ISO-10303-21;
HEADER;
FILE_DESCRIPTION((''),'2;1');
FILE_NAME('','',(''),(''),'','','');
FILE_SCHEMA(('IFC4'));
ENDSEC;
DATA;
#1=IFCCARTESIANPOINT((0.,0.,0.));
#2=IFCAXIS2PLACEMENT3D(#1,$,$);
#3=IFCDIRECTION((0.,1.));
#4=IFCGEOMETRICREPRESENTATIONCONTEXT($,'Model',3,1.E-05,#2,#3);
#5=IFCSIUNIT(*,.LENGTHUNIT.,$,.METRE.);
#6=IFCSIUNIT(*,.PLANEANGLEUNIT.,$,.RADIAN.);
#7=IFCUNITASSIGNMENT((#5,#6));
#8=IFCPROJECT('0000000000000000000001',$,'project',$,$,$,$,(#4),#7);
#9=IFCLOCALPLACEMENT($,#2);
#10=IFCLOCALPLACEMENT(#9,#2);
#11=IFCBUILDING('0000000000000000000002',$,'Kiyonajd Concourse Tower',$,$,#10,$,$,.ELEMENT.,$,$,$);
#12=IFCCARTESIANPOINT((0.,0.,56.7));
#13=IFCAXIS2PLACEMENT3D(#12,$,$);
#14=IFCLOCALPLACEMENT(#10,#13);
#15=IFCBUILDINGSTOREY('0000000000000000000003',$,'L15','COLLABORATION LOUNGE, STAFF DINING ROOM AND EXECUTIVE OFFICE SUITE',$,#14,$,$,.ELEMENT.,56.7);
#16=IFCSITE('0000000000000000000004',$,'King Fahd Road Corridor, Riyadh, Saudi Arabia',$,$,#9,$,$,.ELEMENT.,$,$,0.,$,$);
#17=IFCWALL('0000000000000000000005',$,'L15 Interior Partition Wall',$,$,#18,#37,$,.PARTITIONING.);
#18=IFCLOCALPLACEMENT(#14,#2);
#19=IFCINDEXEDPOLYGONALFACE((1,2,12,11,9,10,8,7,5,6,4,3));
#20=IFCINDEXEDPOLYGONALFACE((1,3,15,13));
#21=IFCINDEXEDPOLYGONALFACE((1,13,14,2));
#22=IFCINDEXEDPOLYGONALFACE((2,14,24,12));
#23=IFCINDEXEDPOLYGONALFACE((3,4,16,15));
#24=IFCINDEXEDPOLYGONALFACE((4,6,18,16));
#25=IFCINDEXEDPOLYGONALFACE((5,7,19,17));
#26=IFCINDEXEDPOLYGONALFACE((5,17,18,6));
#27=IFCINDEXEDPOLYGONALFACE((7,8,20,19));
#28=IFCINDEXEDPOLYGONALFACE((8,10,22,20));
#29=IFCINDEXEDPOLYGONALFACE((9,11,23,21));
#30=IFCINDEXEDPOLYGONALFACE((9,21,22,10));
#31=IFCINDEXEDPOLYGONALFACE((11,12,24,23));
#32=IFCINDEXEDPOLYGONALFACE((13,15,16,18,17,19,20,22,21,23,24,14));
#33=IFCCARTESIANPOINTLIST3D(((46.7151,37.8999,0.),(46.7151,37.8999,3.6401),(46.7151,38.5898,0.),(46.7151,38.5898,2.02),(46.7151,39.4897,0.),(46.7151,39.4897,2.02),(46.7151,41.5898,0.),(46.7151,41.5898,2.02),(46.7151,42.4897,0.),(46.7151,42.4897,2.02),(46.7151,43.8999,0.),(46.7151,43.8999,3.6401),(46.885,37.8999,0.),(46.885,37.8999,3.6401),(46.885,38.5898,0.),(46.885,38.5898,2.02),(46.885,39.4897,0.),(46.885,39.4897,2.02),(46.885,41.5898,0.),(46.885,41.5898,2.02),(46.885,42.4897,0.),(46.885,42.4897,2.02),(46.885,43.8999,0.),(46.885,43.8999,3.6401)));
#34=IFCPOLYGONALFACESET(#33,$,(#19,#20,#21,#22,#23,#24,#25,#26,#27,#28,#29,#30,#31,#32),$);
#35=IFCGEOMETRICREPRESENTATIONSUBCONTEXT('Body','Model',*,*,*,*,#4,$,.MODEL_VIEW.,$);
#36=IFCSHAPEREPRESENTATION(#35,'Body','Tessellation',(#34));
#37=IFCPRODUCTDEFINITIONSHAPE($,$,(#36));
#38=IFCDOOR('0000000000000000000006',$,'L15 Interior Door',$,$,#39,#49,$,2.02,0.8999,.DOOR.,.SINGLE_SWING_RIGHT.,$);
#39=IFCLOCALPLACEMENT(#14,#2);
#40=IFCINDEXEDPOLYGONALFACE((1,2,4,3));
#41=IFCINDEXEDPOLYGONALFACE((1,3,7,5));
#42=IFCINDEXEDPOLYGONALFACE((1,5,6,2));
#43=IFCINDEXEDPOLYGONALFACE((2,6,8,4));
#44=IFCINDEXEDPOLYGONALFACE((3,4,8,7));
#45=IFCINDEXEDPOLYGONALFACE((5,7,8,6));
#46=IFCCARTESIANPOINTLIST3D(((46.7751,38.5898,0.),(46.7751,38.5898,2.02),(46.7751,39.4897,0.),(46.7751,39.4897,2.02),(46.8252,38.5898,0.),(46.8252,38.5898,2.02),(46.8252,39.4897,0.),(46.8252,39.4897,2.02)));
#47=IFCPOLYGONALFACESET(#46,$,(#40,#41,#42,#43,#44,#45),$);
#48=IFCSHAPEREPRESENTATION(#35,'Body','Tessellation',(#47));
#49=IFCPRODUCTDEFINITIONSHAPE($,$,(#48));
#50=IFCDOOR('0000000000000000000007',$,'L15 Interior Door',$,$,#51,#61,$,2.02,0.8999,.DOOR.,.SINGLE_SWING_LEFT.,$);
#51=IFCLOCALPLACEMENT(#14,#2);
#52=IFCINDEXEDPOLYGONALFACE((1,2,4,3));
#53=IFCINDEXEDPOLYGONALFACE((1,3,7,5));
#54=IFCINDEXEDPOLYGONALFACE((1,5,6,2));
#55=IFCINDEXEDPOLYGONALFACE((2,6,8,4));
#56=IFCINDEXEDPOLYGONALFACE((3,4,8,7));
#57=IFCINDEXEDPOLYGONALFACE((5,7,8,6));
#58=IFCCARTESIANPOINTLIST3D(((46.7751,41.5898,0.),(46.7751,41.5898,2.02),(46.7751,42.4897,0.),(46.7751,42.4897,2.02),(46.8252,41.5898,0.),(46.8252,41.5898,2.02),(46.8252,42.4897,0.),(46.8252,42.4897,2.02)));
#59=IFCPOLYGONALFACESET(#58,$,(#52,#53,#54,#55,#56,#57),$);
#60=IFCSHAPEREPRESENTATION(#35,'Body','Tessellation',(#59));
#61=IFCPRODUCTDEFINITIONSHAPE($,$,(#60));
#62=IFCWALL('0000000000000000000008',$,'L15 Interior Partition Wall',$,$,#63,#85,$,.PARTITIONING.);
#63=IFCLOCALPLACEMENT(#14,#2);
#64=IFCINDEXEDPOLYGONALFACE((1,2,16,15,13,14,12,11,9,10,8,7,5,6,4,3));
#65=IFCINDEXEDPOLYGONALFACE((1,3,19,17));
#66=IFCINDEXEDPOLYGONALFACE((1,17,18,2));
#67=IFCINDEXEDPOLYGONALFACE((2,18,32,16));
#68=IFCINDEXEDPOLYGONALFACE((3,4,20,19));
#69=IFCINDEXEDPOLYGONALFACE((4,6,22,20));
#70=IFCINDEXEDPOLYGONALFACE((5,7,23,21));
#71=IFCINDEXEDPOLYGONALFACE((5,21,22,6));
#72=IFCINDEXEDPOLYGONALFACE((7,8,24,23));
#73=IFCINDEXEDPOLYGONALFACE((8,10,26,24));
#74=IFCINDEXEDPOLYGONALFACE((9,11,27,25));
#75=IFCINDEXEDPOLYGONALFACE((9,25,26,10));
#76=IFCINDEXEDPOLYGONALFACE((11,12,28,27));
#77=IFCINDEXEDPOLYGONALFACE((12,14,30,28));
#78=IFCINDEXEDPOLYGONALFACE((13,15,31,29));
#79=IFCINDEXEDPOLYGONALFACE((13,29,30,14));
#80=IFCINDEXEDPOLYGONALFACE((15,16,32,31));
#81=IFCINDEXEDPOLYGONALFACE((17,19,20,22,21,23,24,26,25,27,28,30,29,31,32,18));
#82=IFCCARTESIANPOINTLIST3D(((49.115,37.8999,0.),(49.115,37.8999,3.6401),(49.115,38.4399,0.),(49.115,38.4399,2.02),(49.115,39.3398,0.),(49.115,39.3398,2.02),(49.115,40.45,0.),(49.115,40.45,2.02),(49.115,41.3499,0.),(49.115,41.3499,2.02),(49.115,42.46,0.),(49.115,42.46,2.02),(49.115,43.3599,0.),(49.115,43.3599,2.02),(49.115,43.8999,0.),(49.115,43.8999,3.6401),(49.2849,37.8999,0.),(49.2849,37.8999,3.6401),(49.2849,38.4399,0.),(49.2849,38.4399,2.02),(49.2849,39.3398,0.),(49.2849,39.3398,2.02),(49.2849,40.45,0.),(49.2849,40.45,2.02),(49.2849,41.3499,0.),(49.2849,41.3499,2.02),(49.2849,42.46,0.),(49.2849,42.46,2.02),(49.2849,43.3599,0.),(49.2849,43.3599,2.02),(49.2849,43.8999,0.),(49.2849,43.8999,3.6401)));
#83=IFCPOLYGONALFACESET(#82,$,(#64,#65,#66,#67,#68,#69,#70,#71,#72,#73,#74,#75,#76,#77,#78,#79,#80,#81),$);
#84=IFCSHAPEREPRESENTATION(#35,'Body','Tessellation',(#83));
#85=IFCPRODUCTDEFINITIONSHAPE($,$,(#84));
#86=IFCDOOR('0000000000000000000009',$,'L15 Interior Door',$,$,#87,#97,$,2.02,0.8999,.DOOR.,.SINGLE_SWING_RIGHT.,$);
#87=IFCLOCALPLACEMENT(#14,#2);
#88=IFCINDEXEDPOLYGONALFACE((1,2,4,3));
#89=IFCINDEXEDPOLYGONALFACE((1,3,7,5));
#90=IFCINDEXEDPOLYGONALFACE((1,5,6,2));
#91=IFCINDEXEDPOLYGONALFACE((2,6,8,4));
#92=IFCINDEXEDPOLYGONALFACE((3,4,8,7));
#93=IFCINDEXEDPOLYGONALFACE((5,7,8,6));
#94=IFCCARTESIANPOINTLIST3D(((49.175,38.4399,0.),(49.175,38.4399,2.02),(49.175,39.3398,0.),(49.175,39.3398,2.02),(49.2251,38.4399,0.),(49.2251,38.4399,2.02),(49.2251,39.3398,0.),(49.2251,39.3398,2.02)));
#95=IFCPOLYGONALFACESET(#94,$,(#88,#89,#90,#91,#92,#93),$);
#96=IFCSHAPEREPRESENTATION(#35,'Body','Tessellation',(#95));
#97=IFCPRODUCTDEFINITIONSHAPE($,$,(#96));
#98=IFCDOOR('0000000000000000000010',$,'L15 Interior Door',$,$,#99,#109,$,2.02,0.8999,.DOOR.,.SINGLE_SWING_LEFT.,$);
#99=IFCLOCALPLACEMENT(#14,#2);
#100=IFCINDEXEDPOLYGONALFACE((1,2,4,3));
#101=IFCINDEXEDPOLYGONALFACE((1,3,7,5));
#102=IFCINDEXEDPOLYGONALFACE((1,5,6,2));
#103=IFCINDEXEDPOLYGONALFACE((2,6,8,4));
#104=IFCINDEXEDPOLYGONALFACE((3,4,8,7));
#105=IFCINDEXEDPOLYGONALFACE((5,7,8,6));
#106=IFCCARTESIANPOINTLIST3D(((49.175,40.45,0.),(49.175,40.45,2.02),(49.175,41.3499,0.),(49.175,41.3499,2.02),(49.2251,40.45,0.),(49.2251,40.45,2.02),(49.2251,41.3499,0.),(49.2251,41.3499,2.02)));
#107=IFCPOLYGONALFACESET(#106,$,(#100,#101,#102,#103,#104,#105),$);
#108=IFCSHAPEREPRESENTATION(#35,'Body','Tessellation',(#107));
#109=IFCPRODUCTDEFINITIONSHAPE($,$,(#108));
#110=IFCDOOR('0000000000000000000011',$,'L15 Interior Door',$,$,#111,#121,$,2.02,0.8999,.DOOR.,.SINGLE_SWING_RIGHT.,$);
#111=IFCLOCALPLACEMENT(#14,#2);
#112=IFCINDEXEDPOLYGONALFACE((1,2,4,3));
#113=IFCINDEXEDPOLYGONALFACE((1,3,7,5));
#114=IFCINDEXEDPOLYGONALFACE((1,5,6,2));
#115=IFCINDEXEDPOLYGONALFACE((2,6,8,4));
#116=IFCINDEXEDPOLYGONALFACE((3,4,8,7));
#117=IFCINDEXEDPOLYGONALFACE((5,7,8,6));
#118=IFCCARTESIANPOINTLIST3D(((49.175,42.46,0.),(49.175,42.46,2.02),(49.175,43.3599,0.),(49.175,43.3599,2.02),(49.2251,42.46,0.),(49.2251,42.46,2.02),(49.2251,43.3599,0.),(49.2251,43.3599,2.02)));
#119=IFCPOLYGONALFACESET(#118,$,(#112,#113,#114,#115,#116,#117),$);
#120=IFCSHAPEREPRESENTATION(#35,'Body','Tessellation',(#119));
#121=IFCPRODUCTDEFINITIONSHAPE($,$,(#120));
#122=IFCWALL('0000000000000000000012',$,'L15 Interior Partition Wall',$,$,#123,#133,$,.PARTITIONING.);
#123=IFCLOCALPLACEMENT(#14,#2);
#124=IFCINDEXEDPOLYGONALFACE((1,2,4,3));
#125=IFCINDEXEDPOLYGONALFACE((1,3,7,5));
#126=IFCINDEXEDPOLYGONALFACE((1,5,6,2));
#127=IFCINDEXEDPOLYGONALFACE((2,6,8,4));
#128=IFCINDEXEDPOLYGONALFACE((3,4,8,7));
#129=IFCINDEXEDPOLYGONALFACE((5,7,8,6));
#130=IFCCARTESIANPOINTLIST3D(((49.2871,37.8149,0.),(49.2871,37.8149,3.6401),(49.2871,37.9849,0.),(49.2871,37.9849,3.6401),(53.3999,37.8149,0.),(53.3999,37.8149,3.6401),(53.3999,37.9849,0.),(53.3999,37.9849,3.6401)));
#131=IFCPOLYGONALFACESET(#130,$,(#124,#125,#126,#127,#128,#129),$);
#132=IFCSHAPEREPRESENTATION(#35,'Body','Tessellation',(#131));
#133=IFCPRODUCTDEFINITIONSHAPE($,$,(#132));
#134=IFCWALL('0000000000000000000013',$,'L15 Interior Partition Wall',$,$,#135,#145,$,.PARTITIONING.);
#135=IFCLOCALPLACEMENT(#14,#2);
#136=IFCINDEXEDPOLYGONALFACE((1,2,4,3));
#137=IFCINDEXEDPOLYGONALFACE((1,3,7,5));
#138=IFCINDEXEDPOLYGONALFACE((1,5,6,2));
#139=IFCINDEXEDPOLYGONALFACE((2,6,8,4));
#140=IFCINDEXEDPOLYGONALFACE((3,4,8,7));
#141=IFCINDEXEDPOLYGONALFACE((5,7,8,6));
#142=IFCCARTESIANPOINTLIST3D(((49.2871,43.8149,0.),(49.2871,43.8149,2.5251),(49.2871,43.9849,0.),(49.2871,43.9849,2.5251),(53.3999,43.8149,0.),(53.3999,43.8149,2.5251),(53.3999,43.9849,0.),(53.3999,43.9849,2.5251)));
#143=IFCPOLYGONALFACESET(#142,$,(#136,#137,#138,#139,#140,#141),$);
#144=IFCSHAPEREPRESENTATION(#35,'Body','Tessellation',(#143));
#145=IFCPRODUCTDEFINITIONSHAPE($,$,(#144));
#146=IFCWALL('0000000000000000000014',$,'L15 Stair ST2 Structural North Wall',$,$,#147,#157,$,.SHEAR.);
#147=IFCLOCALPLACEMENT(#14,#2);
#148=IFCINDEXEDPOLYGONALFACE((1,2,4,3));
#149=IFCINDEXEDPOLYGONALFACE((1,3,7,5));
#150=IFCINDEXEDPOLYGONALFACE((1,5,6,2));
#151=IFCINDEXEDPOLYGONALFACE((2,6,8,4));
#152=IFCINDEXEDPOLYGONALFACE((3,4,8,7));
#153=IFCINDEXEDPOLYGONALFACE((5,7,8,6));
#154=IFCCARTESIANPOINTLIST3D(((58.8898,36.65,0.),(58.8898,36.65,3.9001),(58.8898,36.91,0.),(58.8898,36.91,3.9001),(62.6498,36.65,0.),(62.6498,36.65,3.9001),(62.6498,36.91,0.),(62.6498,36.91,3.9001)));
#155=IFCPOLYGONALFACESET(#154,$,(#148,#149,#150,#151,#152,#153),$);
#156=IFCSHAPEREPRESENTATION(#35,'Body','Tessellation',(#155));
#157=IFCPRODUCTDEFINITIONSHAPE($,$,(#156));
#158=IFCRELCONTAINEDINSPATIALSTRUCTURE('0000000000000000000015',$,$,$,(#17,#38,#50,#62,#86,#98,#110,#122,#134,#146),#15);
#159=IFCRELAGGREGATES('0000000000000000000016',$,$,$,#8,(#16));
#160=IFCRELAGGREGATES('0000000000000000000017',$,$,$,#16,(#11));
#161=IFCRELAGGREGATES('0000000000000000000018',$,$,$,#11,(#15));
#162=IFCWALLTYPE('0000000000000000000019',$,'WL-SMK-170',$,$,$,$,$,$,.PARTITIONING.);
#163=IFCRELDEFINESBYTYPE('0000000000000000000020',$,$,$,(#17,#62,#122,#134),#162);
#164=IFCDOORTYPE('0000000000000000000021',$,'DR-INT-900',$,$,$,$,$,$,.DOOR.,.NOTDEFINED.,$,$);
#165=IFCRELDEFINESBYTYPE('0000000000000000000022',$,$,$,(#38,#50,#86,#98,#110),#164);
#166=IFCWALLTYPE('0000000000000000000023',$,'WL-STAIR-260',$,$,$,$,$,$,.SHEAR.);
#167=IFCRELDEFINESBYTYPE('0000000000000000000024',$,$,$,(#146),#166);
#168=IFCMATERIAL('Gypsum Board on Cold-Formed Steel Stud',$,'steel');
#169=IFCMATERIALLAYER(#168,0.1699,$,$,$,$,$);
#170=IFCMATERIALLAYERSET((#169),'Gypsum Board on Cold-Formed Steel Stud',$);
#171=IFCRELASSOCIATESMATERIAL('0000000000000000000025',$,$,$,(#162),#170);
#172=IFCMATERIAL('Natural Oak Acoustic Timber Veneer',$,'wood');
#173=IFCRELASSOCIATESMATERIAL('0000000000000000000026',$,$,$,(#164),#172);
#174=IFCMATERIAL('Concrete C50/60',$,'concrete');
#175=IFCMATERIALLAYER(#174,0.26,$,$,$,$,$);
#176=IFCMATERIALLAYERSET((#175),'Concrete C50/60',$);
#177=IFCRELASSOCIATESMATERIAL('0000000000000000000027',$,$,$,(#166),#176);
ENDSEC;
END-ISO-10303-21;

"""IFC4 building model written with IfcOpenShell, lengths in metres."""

from ifc_helpers import new_model, si_unit, direction, frame, frame_2d, origin, place, context, subcontext, project, spatial, rectangle, extrude, material, layer, layer_set, type_object, element, fill, save


model = new_model("IFC4")

# Units and contexts
model_context = context("Model", 3, precision=1e-05, world=origin(), true_north=direction((0.0, 1.0)))
body_context = subcontext(model_context, "Body", "Model", "MODEL_VIEW")
ifc_project = project(units=[si_unit("LENGTHUNIT", "METRE"), si_unit("PLANEANGLEUNIT", "RADIAN")], contexts=[model_context])

# Site, building, storey
site_placement = place(None, origin())
site = spatial("IfcSite", under=ifc_project, at=site_placement, Name="King Fahd Road Corridor, Riyadh, Saudi Arabia", CompositionType="ELEMENT", RefElevation=0.0)
building_placement = place(site_placement, origin())
building = spatial("IfcBuilding", under=site, at=building_placement, Name="Kiyonajd Concourse Tower", CompositionType="ELEMENT")
storey_placement = place(building_placement, frame((0.0, 0.0, 56.7)))
storey = spatial("IfcBuildingStorey", under=building, at=storey_placement, Name="L15", Description="COLLABORATION LOUNGE, STAFF DINING ROOM AND EXECUTIVE OFFICE SUITE", CompositionType="ELEMENT", Elevation=56.7)

# Shared definitions
ifc_material_1 = material(Name="Concrete C50/60", Category="concrete")

# Shared definitions
ifc_material_2 = material(Name="Gypsum Board on Cold-Formed Steel Stud", Category="steel")
ifc_layer_1 = layer(ifc_material_2, 0.1699)
ifc_layer_set_1 = layer_set([ifc_layer_1], Name="Gypsum Board on Cold-Formed Steel Stud")
wall_type_1 = type_object("IfcWallType", Name="WL-SMK-170", PredefinedType="PARTITIONING", material=ifc_layer_set_1)

# Walls, openings, doors
wall_1_placement = place(storey_placement, frame((46.8, 37.8999, 0.0), z_axis=(0.0, 0.0, 1.0), x_axis=(0.0, 1.0, 0.0)))
wall_1 = element("IfcWall", 1, at=wall_1_placement, inside=storey, type_object=wall_type_1, Name="L15 Interior Partition Wall", PredefinedType="PARTITIONING", context=body_context, shape_type="SweptSolid", body=[
    extrude(rectangle(XDim=6.0, YDim=0.1699, at=frame_2d((3.0, 0.0))), origin(), (0.0, 0.0, 1.0), 3.6401),
])
opening_1_placement = place(wall_1_placement, frame((0.6899, 0.0, 0.0)))
opening_1 = element("IfcOpeningElement", 2, at=opening_1_placement, cuts=wall_1, PredefinedType="OPENING", context=body_context, shape_type="SweptSolid", body=[
    extrude(rectangle(XDim=0.8999, YDim=2.02, at=frame_2d((0.45, 1.01))), frame((0.0, 0.095, 0.0), z_axis=(0.0, -1.0, 0.0), x_axis=(1.0, 0.0, 0.0)), (0.0, 0.0, 1.0), 0.1899),
])
opening_2_placement = place(wall_1_placement, frame((3.6899, 0.0, 0.0)))
opening_2 = element("IfcOpeningElement", 3, at=opening_2_placement, cuts=wall_1, PredefinedType="OPENING", context=body_context, shape_type="SweptSolid", body=[
    extrude(rectangle(XDim=0.8999, YDim=2.02, at=frame_2d((0.45, 1.01))), frame((0.0, 0.095, 0.0), z_axis=(0.0, -1.0, 0.0), x_axis=(1.0, 0.0, 0.0)), (0.0, 0.0, 1.0), 0.1899),
])
ifc_material_3 = material(Name="Natural Oak Acoustic Timber Veneer", Category="wood")
door_type_1 = type_object("IfcDoorType", Name="DR-INT-900", OperationType="NOTDEFINED", PredefinedType="DOOR", material=ifc_material_3)
door_1_placement = place(opening_1_placement, origin())
door_1 = element("IfcDoor", 4, at=door_1_placement, inside=storey, type_object=door_type_1, Name="L15 Interior Door", OperationType="SINGLE_SWING_RIGHT", OverallHeight=2.02, OverallWidth=0.8999, PredefinedType="DOOR", context=body_context, shape_type="SweptSolid", body=[
    extrude(rectangle(XDim=0.8999, YDim=2.02, at=frame_2d((0.45, 1.01))), frame((0.0, 0.0249, 0.0), z_axis=(0.0, -1.0, 0.0), x_axis=(1.0, 0.0, 0.0)), (0.0, 0.0, 1.0), 0.05),
])
fill(opening_1, door_1)
door_2_placement = place(opening_2_placement, origin())
door_2 = element("IfcDoor", 5, at=door_2_placement, inside=storey, type_object=door_type_1, Name="L15 Interior Door", OperationType="SINGLE_SWING_LEFT", OverallHeight=2.02, OverallWidth=0.8999, PredefinedType="DOOR", context=body_context, shape_type="SweptSolid", body=[
    extrude(rectangle(XDim=0.8999, YDim=2.02, at=frame_2d((0.45, 1.01))), frame((0.0, 0.0249, 0.0), z_axis=(0.0, -1.0, 0.0), x_axis=(1.0, 0.0, 0.0)), (0.0, 0.0, 1.0), 0.05),
])
fill(opening_2, door_2)
wall_2_placement = place(storey_placement, frame((49.2, 37.8999, 0.0), z_axis=(0.0, 0.0, 1.0), x_axis=(0.0, 1.0, 0.0)))
wall_2 = element("IfcWall", 6, at=wall_2_placement, inside=storey, type_object=wall_type_1, Name="L15 Interior Partition Wall", PredefinedType="PARTITIONING", context=body_context, shape_type="SweptSolid", body=[
    extrude(rectangle(XDim=6.0, YDim=0.1699, at=frame_2d((3.0, 0.0))), origin(), (0.0, 0.0, 1.0), 3.6401),
])
opening_3_placement = place(wall_2_placement, frame((0.54, 0.0, 0.0)))
opening_3 = element("IfcOpeningElement", 7, at=opening_3_placement, cuts=wall_2, PredefinedType="OPENING", context=body_context, shape_type="SweptSolid", body=[
    extrude(rectangle(XDim=0.8999, YDim=2.02, at=frame_2d((0.45, 1.01))), frame((0.0, 0.095, 0.0), z_axis=(0.0, -1.0, 0.0), x_axis=(1.0, 0.0, 0.0)), (0.0, 0.0, 1.0), 0.1899),
])
opening_4_placement = place(wall_2_placement, frame((2.55, 0.0, 0.0)))
opening_4 = element("IfcOpeningElement", 8, at=opening_4_placement, cuts=wall_2, PredefinedType="OPENING", context=body_context, shape_type="SweptSolid", body=[
    extrude(rectangle(XDim=0.8999, YDim=2.02, at=frame_2d((0.45, 1.01))), frame((0.0, 0.095, 0.0), z_axis=(0.0, -1.0, 0.0), x_axis=(1.0, 0.0, 0.0)), (0.0, 0.0, 1.0), 0.1899),
])
opening_5_placement = place(wall_2_placement, frame((4.5601, 0.0, 0.0)))
opening_5 = element("IfcOpeningElement", 9, at=opening_5_placement, cuts=wall_2, PredefinedType="OPENING", context=body_context, shape_type="SweptSolid", body=[
    extrude(rectangle(XDim=0.8999, YDim=2.02, at=frame_2d((0.45, 1.01))), frame((0.0, 0.095, 0.0), z_axis=(0.0, -1.0, 0.0), x_axis=(1.0, 0.0, 0.0)), (0.0, 0.0, 1.0), 0.1899),
])
door_3_placement = place(opening_3_placement, origin())
door_3 = element("IfcDoor", 10, at=door_3_placement, inside=storey, type_object=door_type_1, Name="L15 Interior Door", OperationType="SINGLE_SWING_RIGHT", OverallHeight=2.02, OverallWidth=0.8999, PredefinedType="DOOR", context=body_context, shape_type="SweptSolid", body=[
    extrude(rectangle(XDim=0.8999, YDim=2.02, at=frame_2d((0.45, 1.01))), frame((0.0, 0.0249, 0.0), z_axis=(0.0, -1.0, 0.0), x_axis=(1.0, 0.0, 0.0)), (0.0, 0.0, 1.0), 0.05),
])
fill(opening_3, door_3)
door_4_placement = place(opening_4_placement, origin())
door_4 = element("IfcDoor", 11, at=door_4_placement, inside=storey, type_object=door_type_1, Name="L15 Interior Door", OperationType="SINGLE_SWING_LEFT", OverallHeight=2.02, OverallWidth=0.8999, PredefinedType="DOOR", context=body_context, shape_type="SweptSolid", body=[
    extrude(rectangle(XDim=0.8999, YDim=2.02, at=frame_2d((0.45, 1.01))), frame((0.0, 0.0249, 0.0), z_axis=(0.0, -1.0, 0.0), x_axis=(1.0, 0.0, 0.0)), (0.0, 0.0, 1.0), 0.05),
])
fill(opening_4, door_4)
door_5_placement = place(opening_5_placement, origin())
door_5 = element("IfcDoor", 12, at=door_5_placement, inside=storey, type_object=door_type_1, Name="L15 Interior Door", OperationType="SINGLE_SWING_RIGHT", OverallHeight=2.02, OverallWidth=0.8999, PredefinedType="DOOR", context=body_context, shape_type="SweptSolid", body=[
    extrude(rectangle(XDim=0.8999, YDim=2.02, at=frame_2d((0.45, 1.01))), frame((0.0, 0.0249, 0.0), z_axis=(0.0, -1.0, 0.0), x_axis=(1.0, 0.0, 0.0)), (0.0, 0.0, 1.0), 0.05),
])
fill(opening_5, door_5)

# Walls
wall_3_placement = place(storey_placement, frame((49.2871, 37.8999, 0.0), z_axis=(0.0, 0.0, 1.0), x_axis=(1.0, 0.0, 0.0)))
element("IfcWall", 13, at=wall_3_placement, inside=storey, type_object=wall_type_1, Name="L15 Interior Partition Wall", PredefinedType="PARTITIONING", context=body_context, shape_type="SweptSolid", body=[
    extrude(rectangle(XDim=4.1128, YDim=0.1699, at=frame_2d((2.0564, 0.0))), origin(), (0.0, 0.0, 1.0), 3.6401),
])
wall_4_placement = place(storey_placement, frame((49.2871, 43.8999, 0.0), z_axis=(0.0, 0.0, 1.0), x_axis=(1.0, 0.0, 0.0)))
element("IfcWall", 14, at=wall_4_placement, inside=storey, type_object=wall_type_1, Name="L15 Interior Partition Wall", PredefinedType="PARTITIONING", context=body_context, shape_type="SweptSolid", body=[
    extrude(rectangle(XDim=4.1128, YDim=0.1699, at=frame_2d((2.0564, 0.0))), origin(), (0.0, 0.0, 1.0), 2.5251),
])
ifc_layer_2 = layer(ifc_material_1, 0.26)
ifc_layer_set_2 = layer_set([ifc_layer_2], Name="Concrete C50/60")
wall_type_2 = type_object("IfcWallType", Name="WL-STAIR-260", PredefinedType="SHEAR", material=ifc_layer_set_2)
wall_5_placement = place(storey_placement, frame((58.8899, 36.78, 0.0), z_axis=(0.0, 0.0, 1.0), x_axis=(1.0, 0.0, 0.0)))
element("IfcWall", 15, at=wall_5_placement, inside=storey, type_object=wall_type_2, Name="L15 Stair ST2 Structural North Wall", PredefinedType="SHEAR", context=body_context, shape_type="SweptSolid", body=[
    extrude(rectangle(XDim=3.76, YDim=0.26, at=frame_2d((1.8799, 0.0))), origin(), (0.0, 0.0, 1.0), 3.9001),
])

save(model, "model.ifc")
